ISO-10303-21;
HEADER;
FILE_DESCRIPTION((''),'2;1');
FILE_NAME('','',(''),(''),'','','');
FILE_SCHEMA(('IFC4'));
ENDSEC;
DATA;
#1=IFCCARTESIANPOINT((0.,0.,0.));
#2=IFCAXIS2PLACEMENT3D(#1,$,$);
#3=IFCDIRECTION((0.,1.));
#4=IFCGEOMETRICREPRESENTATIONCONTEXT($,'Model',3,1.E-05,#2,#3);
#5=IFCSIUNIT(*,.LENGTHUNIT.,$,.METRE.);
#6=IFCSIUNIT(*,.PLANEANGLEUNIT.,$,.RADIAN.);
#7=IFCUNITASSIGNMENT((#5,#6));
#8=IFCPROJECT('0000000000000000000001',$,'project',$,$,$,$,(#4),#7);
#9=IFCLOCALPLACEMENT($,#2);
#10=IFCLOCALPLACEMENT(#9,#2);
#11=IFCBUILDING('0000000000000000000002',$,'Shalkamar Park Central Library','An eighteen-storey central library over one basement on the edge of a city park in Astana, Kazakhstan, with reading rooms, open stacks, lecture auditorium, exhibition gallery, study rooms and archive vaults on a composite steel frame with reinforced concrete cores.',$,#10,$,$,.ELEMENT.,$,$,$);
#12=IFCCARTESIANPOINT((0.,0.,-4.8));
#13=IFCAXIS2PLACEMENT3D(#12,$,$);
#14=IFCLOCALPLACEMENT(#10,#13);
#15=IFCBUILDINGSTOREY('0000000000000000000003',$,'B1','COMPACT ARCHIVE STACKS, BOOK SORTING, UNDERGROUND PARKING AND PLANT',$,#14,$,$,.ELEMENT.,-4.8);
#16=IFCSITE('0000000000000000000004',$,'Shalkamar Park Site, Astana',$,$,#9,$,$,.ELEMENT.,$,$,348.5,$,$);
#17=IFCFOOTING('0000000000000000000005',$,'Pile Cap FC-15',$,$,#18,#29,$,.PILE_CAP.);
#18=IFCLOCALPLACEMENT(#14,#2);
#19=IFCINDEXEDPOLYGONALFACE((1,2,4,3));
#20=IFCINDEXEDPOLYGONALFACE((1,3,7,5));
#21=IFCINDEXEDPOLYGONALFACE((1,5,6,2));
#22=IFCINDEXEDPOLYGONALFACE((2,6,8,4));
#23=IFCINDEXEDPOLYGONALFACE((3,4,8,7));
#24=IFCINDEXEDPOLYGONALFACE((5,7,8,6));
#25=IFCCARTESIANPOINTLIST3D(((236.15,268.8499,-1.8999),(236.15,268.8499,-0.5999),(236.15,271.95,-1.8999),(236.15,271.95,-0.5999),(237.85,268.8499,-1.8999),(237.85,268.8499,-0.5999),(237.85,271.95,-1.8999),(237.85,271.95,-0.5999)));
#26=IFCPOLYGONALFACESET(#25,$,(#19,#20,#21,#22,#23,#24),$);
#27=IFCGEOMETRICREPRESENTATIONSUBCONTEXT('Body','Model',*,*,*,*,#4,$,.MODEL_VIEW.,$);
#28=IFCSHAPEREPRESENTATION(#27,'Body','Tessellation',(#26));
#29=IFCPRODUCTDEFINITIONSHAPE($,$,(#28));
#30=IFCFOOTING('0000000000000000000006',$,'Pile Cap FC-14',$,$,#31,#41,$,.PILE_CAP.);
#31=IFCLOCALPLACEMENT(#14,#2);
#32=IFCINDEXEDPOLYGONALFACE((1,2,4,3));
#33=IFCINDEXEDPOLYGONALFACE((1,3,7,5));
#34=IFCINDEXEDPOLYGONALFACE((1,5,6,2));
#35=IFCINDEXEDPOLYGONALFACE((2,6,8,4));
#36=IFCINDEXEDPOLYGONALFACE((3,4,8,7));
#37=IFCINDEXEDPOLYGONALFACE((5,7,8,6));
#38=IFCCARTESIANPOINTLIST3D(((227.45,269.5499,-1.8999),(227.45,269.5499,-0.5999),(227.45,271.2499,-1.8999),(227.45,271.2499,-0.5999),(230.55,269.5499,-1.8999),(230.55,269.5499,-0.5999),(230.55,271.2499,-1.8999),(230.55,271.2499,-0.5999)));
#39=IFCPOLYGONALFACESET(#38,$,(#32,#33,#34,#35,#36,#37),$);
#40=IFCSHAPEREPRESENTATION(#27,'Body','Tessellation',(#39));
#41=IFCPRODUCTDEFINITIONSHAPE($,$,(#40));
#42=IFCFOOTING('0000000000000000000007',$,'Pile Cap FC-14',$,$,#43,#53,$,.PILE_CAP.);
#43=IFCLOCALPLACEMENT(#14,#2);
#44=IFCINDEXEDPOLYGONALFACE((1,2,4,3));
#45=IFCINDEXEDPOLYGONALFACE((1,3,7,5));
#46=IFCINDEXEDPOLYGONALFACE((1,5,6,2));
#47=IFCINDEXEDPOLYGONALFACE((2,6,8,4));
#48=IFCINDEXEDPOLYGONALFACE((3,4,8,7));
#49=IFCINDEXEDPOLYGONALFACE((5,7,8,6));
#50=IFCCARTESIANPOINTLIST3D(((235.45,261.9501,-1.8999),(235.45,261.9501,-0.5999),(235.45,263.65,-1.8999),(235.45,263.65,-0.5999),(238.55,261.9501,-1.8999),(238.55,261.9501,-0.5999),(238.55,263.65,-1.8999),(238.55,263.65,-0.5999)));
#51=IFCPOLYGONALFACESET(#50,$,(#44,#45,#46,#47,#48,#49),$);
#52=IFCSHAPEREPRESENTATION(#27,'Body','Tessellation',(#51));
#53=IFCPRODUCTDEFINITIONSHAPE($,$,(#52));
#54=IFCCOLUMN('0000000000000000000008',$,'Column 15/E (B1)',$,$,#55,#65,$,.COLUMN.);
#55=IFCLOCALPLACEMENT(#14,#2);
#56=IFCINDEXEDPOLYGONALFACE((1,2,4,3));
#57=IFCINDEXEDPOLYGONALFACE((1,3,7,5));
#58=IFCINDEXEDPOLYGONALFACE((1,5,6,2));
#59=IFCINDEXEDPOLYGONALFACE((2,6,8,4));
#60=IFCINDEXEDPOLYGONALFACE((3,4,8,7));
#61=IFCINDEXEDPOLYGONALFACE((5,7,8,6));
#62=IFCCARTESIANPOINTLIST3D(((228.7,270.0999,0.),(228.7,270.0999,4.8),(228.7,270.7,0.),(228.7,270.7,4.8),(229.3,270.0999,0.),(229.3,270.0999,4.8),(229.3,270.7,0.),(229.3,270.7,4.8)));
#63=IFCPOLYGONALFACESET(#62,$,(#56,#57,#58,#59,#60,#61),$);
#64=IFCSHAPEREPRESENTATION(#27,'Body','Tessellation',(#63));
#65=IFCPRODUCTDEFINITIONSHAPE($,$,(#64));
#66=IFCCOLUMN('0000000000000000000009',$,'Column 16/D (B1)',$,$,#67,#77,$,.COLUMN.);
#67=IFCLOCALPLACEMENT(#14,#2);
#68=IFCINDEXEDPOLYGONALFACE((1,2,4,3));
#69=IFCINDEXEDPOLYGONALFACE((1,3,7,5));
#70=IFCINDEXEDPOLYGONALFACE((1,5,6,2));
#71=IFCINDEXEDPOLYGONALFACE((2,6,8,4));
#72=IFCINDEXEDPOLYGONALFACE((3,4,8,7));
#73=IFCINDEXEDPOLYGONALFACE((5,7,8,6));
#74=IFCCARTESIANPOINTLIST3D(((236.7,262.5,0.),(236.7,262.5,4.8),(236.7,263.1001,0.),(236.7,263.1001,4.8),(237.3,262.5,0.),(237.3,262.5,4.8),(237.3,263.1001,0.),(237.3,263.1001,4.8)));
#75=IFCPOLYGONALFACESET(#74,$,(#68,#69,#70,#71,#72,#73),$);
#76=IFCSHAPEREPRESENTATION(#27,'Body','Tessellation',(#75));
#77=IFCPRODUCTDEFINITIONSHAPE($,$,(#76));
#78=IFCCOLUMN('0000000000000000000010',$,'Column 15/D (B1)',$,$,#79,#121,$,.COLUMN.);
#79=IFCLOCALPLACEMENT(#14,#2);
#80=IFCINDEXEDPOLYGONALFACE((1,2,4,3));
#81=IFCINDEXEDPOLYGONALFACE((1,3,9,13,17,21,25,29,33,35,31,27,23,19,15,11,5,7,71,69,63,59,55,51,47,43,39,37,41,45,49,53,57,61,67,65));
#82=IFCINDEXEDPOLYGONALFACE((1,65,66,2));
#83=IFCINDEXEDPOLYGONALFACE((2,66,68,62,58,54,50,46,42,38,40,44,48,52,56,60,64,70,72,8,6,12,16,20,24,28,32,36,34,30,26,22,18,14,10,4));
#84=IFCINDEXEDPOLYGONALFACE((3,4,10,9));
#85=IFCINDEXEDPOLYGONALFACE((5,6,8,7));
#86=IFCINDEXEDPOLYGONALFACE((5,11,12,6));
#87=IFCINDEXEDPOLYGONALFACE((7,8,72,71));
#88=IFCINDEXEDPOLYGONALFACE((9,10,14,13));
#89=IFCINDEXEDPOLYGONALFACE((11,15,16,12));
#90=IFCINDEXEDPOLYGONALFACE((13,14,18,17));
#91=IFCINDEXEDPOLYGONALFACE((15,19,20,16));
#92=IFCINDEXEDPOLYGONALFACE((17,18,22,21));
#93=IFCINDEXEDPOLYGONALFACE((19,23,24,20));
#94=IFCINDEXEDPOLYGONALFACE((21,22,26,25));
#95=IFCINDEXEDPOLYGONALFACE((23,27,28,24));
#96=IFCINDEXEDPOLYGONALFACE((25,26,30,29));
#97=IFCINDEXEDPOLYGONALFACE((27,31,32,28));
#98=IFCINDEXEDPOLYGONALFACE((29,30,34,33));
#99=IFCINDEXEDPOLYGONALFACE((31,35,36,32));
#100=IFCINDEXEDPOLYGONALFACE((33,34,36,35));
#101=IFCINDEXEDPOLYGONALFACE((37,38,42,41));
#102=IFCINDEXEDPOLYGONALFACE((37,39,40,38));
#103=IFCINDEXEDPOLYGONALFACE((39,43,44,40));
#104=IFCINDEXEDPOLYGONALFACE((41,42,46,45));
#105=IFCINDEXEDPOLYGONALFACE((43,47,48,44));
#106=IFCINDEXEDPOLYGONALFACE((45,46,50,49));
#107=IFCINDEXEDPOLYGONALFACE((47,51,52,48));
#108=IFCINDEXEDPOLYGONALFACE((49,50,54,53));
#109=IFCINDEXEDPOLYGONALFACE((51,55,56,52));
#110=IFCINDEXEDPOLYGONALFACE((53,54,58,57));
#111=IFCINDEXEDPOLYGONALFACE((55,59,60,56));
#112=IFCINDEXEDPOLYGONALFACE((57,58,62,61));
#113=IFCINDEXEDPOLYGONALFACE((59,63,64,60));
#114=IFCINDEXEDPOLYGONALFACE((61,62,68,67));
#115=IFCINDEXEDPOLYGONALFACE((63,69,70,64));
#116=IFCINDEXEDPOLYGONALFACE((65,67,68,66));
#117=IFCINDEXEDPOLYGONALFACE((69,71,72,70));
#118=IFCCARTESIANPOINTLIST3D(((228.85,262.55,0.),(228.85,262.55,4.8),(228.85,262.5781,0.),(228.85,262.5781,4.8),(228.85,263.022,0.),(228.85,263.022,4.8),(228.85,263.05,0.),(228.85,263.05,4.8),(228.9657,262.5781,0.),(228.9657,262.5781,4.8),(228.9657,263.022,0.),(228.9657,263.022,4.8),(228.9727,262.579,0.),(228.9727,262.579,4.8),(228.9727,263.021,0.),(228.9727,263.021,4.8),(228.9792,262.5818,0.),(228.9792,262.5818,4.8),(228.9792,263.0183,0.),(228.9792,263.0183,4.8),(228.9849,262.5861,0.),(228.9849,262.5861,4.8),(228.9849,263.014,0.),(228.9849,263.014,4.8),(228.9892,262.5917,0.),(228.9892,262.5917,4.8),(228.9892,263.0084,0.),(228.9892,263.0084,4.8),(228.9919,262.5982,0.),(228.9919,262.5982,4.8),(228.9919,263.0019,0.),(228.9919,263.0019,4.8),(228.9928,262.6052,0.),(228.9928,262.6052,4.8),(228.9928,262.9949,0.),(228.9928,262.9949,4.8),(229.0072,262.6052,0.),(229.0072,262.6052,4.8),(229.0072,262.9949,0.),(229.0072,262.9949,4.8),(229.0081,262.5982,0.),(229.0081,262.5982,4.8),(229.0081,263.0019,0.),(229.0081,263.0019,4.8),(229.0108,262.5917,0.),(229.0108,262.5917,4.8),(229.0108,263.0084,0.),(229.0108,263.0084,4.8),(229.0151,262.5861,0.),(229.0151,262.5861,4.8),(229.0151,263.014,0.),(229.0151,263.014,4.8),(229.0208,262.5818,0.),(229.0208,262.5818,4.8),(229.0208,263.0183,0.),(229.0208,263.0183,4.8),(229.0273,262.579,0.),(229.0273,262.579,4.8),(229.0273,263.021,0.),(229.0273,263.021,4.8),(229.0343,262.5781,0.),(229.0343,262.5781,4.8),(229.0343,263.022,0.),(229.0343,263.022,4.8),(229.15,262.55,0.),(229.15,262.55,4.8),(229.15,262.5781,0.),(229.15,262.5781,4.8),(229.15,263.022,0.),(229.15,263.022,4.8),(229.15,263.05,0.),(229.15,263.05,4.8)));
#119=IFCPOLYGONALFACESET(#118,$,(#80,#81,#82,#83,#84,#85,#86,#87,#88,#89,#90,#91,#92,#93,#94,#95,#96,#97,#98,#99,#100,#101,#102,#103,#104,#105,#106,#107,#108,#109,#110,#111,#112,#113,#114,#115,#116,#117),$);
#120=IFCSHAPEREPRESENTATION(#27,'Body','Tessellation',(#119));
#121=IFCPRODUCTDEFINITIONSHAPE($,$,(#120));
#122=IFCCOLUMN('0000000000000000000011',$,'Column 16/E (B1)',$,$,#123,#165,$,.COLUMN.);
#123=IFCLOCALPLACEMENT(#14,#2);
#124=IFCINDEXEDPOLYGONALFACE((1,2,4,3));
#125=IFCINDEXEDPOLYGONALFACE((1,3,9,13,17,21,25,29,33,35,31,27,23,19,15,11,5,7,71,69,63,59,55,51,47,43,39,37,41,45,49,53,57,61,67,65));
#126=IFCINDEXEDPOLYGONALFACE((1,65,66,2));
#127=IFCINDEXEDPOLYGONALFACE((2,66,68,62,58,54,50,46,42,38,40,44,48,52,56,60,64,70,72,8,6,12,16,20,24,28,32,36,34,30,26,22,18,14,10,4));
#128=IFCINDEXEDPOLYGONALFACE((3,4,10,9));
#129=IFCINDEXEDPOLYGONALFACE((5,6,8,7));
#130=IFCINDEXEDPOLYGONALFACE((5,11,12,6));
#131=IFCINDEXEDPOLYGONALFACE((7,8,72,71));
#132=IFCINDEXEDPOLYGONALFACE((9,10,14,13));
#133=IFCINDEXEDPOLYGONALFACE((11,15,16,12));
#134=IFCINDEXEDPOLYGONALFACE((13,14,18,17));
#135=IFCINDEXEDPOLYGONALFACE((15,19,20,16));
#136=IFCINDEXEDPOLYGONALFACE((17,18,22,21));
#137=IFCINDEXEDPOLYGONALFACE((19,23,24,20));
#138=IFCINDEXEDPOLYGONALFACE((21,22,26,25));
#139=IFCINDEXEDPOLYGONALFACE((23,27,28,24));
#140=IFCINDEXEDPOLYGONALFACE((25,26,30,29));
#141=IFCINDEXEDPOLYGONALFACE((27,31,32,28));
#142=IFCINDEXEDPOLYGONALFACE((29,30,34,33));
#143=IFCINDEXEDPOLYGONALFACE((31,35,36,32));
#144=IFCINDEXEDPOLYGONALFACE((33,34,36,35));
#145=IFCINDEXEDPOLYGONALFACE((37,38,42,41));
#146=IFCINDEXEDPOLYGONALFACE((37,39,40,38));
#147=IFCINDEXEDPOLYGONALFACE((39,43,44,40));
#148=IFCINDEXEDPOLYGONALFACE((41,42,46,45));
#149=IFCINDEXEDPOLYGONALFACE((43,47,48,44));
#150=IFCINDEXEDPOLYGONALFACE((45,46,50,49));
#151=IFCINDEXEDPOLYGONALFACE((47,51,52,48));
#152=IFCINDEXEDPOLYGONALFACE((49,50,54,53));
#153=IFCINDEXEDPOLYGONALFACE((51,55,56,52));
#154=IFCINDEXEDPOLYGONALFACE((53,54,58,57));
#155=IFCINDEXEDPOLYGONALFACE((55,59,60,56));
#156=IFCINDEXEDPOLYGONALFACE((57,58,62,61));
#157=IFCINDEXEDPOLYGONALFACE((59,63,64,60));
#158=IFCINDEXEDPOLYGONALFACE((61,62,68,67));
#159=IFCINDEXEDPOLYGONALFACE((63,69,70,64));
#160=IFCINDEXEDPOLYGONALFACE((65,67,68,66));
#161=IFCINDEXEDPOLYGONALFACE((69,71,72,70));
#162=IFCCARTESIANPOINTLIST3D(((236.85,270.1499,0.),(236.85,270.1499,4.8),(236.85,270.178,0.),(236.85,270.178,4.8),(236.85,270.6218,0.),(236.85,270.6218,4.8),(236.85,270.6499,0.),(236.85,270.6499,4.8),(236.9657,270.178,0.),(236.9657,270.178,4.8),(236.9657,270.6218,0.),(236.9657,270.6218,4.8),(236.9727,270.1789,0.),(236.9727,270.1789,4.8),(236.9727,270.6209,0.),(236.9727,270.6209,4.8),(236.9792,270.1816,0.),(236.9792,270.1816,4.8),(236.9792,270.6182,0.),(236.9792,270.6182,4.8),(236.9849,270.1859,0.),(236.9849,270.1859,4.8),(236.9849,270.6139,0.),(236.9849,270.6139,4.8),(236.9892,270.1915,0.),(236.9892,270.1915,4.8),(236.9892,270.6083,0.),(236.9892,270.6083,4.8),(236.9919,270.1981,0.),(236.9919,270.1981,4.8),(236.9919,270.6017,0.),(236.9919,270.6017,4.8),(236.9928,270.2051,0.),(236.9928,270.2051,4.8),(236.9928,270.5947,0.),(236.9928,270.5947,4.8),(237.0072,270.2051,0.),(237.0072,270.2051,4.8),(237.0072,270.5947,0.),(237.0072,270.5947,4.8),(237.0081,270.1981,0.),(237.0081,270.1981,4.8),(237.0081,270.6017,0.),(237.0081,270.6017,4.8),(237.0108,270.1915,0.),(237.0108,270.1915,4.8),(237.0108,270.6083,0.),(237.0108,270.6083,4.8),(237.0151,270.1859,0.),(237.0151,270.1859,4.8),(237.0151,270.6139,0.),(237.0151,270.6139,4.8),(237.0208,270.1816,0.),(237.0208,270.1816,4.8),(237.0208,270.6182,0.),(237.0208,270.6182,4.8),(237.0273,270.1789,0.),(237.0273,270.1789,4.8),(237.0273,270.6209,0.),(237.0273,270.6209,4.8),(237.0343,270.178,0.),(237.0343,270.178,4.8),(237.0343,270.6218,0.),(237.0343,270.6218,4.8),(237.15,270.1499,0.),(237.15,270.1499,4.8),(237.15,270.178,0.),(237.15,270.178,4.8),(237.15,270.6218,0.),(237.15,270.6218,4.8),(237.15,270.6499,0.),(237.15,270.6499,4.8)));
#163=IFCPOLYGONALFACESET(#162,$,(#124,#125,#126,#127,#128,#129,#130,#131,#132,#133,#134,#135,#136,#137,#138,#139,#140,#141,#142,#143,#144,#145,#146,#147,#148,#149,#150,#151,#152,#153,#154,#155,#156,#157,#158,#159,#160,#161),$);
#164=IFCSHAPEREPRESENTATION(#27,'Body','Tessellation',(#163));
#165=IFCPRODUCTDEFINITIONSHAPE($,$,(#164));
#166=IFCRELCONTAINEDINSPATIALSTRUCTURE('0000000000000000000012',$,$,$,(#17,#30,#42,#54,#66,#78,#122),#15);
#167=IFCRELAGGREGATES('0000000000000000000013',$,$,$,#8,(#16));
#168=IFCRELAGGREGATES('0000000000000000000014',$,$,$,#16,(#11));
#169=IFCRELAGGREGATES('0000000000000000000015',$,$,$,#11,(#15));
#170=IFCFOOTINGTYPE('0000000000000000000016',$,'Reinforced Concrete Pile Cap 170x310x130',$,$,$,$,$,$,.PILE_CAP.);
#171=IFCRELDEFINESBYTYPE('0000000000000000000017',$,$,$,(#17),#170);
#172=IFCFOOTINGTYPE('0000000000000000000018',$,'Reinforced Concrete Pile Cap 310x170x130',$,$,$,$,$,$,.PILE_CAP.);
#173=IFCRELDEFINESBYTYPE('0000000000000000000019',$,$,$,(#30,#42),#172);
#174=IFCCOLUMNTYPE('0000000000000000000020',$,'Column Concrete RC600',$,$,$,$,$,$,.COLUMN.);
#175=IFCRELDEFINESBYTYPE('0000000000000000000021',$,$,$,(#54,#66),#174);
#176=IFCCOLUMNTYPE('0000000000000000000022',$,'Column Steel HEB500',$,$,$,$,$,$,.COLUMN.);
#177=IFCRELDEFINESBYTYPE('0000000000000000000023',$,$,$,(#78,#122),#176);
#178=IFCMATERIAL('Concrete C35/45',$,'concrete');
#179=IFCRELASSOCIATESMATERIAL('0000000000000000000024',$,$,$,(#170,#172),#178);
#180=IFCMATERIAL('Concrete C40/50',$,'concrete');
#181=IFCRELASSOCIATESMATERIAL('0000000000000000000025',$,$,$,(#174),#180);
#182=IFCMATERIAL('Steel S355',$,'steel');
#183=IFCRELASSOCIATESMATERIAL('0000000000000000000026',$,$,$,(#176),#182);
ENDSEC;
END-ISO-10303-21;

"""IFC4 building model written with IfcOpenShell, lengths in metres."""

from ifc_helpers import new_model, si_unit, direction, frame, origin, origin_2d, place, context, subcontext, project, spatial, rectangle, i_section, extrude, material, material_profile, profile_set, type_object, element, save


model = new_model("IFC4")

# Units and contexts
model_context = context("Model", 3, precision=1e-05, world=origin(), true_north=direction((0.0, 1.0)))
body_context = subcontext(model_context, "Body", "Model", "MODEL_VIEW")
ifc_project = project(units=[si_unit("LENGTHUNIT", "METRE"), si_unit("PLANEANGLEUNIT", "RADIAN")], contexts=[model_context])

# Site, building, storey
site_placement = place(None, origin())
site = spatial("IfcSite", under=ifc_project, at=site_placement, Name="Shalkamar Park Site, Astana", CompositionType="ELEMENT", RefElevation=348.5)
building_placement = place(site_placement, origin())
building = spatial("IfcBuilding", under=site, at=building_placement, Name="Shalkamar Park Central Library", Description="An eighteen-storey central library over one basement on the edge of a city park in Astana, Kazakhstan, with reading rooms, open stacks, lecture auditorium, exhibition gallery, study rooms and archive vaults on a composite steel frame with reinforced concrete cores.", CompositionType="ELEMENT")
storey_placement = place(building_placement, frame((0.0, 0.0, -4.8)))
storey = spatial("IfcBuildingStorey", under=building, at=storey_placement, Name="B1", Description="COMPACT ARCHIVE STACKS, BOOK SORTING, UNDERGROUND PARKING AND PLANT", CompositionType="ELEMENT", Elevation=-4.8)

# Shared definitions
ifc_material_1 = material(Name="Concrete C35/45", Category="concrete")

# Footings
footing_type_1 = type_object("IfcFootingType", Name="Reinforced Concrete Pile Cap 170x310x130", PredefinedType="PILE_CAP", material=ifc_material_1)
footing_placement = place(storey_placement, frame((237.0, 270.3999, -1.8999), z_axis=(0.0, 0.0, 1.0), x_axis=(1.0, 0.0, 0.0)))
element("IfcFooting", 1, at=footing_placement, inside=storey, type_object=footing_type_1, Name="Pile Cap FC-15", PredefinedType="PILE_CAP", context=body_context, shape_type="SweptSolid", body=[
    extrude(rectangle(XDim=1.7, YDim=3.1001, at=origin_2d()), origin(), (0.0, 0.0, 1.0), 1.3),
])
footing_type_2 = type_object("IfcFootingType", Name="Reinforced Concrete Pile Cap 310x170x130", PredefinedType="PILE_CAP", material=ifc_material_1)
for number, where, z_axis, x_axis, name in (
    (2, (229.0, 270.3999, -1.8999), (0.0, 0.0, 1.0), (1.0, 0.0, 0.0), "Pile Cap FC-14"),
    (3, (237.0, 262.8, -1.8999), (0.0, 0.0, 1.0), (1.0, 0.0, 0.0), "Pile Cap FC-14"),
):
    element("IfcFooting", number, at=place(storey_placement, frame(where, z_axis=z_axis, x_axis=x_axis)), inside=storey, type_object=footing_type_2, Name=name, PredefinedType="PILE_CAP", context=body_context, shape_type="SweptSolid", body=[
        extrude(rectangle(XDim=3.1001, YDim=1.7, at=origin_2d()), origin(), (0.0, 0.0, 1.0), 1.3),
    ])

# Columns
ifc_material_2 = material(Name="Concrete C40/50", Category="concrete")
ifc_material_profile_1 = material_profile(ifc_material_2, rectangle(XDim=0.6001, YDim=0.6001, at=origin_2d()), Name="RC 600x600")
ifc_profile_set_1 = profile_set([ifc_material_profile_1], Name="Concrete C40/50")
column_type_1 = type_object("IfcColumnType", Name="Column Concrete RC600", PredefinedType="COLUMN", material=ifc_profile_set_1)
for number, where, z_axis, x_axis, name in (
    (4, (229.0, 270.3999, 0.0), (0.0, 0.0, 1.0), (1.0, 0.0, 0.0), "Column 15/E (B1)"),
    (5, (237.0, 262.8, 0.0), (0.0, 0.0, 1.0), (1.0, 0.0, 0.0), "Column 16/D (B1)"),
):
    element("IfcColumn", number, at=place(storey_placement, frame(where, z_axis=z_axis, x_axis=x_axis)), inside=storey, type_object=column_type_1, Name=name, PredefinedType="COLUMN", context=body_context, shape_type="SweptSolid", body=[
        extrude(rectangle(XDim=0.6001, YDim=0.6001, at=origin_2d()), origin(), (0.0, 0.0, 1.0), 4.8),
    ])
ifc_material_3 = material(Name="Steel S355", Category="steel")
ifc_material_profile_2 = material_profile(ifc_material_3, i_section(OverallWidth=0.3, OverallDepth=0.5, WebThickness=0.0144, FlangeThickness=0.0281, FilletRadius=0.0271, at=origin_2d()), Name="HEB 500")
ifc_profile_set_2 = profile_set([ifc_material_profile_2], Name="Steel S355")
column_type_2 = type_object("IfcColumnType", Name="Column Steel HEB500", PredefinedType="COLUMN", material=ifc_profile_set_2)
for number, where, z_axis, x_axis, name in (
    (6, (229.0, 262.8, 0.0), (0.0, 0.0, 1.0), (1.0, 0.0, 0.0), "Column 15/D (B1)"),
    (7, (237.0, 270.3999, 0.0), (0.0, 0.0, 1.0), (1.0, 0.0, 0.0), "Column 16/E (B1)"),
):
    element("IfcColumn", number, at=place(storey_placement, frame(where, z_axis=z_axis, x_axis=x_axis)), inside=storey, type_object=column_type_2, Name=name, PredefinedType="COLUMN", context=body_context, shape_type="SweptSolid", body=[
        extrude(i_section(OverallWidth=0.3, OverallDepth=0.5, WebThickness=0.0144, FlangeThickness=0.0281, FilletRadius=0.0271, at=origin_2d()), origin(), (0.0, 0.0, 1.0), 4.8),
    ])

save(model, "model.ifc")
